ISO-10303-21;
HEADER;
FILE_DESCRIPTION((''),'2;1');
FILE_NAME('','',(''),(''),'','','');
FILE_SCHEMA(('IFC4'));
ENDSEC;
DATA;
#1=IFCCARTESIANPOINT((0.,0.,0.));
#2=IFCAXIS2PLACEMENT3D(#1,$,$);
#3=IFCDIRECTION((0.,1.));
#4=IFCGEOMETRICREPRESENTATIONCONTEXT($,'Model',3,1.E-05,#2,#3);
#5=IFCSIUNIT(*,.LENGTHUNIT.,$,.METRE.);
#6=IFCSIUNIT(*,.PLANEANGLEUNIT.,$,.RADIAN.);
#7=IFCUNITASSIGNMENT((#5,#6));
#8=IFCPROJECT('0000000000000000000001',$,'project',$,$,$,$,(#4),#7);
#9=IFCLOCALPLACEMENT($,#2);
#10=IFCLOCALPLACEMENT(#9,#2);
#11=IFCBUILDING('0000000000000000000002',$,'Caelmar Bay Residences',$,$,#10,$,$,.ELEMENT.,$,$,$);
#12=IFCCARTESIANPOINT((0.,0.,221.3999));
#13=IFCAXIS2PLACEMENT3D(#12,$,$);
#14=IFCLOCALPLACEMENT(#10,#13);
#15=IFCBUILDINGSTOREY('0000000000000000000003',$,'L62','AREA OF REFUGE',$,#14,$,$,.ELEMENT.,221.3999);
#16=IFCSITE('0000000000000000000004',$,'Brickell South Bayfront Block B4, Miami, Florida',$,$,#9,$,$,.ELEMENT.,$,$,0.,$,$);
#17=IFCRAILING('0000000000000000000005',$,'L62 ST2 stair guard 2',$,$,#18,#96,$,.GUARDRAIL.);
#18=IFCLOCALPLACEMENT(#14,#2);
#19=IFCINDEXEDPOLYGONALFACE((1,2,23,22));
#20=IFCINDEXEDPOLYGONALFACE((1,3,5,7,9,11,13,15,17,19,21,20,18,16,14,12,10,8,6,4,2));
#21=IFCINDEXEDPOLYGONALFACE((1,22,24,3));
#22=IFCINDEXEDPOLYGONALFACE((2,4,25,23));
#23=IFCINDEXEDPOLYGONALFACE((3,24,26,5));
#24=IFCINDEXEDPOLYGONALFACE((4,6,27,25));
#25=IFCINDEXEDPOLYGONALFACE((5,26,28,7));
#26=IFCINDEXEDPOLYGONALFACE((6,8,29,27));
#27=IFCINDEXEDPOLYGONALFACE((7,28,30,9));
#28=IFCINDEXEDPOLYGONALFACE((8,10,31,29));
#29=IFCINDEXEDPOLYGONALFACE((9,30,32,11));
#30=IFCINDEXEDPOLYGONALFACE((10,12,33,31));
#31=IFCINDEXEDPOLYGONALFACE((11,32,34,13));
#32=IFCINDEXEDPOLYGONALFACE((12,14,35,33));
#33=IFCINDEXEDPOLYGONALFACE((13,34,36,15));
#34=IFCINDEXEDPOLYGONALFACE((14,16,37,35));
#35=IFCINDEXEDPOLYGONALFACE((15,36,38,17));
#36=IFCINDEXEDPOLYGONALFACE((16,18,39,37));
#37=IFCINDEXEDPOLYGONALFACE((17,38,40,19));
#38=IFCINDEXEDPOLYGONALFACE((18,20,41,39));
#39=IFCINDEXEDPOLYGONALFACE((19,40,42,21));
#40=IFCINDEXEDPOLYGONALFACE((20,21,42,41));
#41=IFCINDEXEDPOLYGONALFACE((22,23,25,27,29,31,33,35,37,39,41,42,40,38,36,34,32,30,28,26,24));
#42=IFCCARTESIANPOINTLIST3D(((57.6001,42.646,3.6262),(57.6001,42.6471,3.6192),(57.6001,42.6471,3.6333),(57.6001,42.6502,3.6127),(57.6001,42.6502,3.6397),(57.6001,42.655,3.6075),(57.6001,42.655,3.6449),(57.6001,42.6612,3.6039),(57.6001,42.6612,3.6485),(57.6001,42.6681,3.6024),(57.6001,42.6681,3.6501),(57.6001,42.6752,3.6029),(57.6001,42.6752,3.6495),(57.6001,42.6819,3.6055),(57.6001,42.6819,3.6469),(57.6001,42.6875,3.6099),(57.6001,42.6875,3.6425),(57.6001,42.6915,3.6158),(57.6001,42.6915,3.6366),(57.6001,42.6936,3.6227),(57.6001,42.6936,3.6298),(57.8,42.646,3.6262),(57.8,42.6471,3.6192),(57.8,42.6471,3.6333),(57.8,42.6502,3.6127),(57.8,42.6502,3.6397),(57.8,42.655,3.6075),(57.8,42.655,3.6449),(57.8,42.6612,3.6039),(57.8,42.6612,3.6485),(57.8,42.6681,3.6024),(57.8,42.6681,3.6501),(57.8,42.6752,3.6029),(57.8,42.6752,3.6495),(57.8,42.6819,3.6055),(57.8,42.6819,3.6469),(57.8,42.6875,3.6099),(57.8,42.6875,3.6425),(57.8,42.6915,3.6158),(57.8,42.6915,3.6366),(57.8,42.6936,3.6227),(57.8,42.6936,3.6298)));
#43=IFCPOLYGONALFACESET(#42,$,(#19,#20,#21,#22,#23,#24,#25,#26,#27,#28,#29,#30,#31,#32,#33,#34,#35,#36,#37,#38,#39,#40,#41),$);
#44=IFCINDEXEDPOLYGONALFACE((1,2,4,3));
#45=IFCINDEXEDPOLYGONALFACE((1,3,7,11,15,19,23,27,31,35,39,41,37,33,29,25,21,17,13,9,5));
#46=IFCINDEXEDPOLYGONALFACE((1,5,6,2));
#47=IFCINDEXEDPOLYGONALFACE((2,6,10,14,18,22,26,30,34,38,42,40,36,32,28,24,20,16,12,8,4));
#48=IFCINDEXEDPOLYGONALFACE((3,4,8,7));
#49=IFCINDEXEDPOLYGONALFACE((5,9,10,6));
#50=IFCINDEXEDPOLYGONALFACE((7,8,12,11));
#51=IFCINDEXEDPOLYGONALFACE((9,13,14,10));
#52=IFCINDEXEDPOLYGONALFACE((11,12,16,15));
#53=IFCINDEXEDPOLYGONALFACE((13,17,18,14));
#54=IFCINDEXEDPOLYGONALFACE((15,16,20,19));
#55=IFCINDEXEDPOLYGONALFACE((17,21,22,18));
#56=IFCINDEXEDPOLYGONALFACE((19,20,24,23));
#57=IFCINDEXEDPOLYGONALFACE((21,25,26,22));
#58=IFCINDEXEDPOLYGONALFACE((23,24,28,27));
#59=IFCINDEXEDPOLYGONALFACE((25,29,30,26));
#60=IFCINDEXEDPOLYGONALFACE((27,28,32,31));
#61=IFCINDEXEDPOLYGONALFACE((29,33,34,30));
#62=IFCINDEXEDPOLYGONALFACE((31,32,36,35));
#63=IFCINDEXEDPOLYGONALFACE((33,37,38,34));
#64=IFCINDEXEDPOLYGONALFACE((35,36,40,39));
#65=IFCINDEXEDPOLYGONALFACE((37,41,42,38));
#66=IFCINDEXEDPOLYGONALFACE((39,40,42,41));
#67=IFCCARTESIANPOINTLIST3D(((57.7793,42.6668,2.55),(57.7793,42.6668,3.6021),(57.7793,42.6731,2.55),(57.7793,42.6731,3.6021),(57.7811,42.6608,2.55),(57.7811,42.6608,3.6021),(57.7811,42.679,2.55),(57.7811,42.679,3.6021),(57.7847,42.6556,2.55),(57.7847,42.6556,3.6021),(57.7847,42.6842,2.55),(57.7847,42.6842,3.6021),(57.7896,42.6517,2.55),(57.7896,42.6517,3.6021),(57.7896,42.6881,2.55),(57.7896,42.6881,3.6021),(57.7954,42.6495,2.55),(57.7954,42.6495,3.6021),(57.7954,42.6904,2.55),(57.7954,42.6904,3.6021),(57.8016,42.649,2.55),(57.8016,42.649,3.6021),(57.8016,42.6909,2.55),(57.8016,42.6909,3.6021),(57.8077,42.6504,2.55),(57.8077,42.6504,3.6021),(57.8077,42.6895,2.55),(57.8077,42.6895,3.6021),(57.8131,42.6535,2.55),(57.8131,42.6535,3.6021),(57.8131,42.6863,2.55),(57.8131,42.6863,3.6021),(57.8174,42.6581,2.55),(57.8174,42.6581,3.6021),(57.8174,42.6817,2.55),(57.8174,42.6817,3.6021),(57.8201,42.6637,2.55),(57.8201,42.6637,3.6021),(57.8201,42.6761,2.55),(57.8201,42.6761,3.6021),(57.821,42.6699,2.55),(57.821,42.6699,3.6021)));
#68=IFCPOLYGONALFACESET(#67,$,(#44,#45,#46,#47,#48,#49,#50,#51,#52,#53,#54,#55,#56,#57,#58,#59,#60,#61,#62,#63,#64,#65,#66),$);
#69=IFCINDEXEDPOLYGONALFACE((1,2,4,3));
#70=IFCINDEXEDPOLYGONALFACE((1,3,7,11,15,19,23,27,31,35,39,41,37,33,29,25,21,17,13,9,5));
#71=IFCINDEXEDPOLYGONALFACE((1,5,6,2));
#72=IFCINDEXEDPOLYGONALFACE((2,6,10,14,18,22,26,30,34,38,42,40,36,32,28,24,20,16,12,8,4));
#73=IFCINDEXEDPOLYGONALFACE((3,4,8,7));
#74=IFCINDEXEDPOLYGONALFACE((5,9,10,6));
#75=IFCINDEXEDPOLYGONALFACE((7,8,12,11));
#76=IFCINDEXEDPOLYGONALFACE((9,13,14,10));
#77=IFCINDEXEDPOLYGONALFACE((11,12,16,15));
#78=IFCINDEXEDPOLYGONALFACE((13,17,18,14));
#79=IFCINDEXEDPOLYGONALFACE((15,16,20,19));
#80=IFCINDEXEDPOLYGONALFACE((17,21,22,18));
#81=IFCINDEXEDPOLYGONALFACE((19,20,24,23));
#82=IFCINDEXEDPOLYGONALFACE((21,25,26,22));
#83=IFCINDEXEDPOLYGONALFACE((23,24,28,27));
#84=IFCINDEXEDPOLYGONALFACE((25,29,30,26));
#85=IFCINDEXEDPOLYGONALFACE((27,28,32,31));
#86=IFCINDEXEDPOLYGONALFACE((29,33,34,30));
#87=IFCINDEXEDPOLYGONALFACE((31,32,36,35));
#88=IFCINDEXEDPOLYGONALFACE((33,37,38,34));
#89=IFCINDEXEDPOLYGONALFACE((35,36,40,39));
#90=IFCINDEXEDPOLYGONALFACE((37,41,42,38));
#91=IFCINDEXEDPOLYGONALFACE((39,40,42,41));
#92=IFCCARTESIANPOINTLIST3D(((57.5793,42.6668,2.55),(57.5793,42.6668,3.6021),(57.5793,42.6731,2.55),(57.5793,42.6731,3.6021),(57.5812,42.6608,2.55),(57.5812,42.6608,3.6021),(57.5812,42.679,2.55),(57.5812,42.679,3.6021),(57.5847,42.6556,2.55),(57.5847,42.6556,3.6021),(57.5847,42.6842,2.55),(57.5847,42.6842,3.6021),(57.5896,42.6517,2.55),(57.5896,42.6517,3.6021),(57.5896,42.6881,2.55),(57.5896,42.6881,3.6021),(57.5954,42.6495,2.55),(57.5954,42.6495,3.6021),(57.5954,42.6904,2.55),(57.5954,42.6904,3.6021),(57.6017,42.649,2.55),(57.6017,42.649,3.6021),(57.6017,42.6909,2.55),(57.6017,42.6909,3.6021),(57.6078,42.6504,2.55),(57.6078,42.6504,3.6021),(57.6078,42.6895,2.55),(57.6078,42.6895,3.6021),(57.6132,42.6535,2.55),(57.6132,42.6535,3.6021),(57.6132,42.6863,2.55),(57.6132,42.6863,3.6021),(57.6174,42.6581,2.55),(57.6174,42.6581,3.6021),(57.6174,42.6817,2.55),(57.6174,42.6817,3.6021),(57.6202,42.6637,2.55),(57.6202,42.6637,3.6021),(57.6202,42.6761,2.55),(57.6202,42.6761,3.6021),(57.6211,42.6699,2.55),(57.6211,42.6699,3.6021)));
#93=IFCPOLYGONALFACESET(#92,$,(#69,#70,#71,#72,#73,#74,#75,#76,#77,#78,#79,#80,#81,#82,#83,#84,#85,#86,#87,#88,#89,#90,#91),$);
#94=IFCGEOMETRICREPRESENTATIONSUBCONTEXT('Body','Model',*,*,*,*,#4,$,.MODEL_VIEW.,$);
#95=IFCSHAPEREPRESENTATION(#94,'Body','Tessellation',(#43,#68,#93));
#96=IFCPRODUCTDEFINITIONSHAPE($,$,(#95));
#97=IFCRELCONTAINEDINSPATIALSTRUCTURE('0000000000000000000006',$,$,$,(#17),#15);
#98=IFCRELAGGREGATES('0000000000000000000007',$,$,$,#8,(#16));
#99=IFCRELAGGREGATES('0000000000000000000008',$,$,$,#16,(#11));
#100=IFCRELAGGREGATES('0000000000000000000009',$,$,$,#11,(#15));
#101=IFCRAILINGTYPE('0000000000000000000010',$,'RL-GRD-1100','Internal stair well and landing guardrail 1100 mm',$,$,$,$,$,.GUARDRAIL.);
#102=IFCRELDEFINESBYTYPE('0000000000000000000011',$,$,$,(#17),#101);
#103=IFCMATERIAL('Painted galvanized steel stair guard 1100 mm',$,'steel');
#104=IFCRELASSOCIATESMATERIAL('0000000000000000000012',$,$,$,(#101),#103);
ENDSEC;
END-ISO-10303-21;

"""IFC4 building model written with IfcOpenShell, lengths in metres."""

from ifc_helpers import new_model, si_unit, direction, frame, origin, origin_2d, place, context, subcontext, project, spatial, circle, extrude, material, type_object, element, save


model = new_model("IFC4")

# Units and contexts
model_context = context("Model", 3, precision=1e-05, world=origin(), true_north=direction((0.0, 1.0)))
body_context = subcontext(model_context, "Body", "Model", "MODEL_VIEW")
ifc_project = project(units=[si_unit("LENGTHUNIT", "METRE"), si_unit("PLANEANGLEUNIT", "RADIAN")], contexts=[model_context])

# Site, building, storey
site_placement = place(None, origin())
site = spatial("IfcSite", under=ifc_project, at=site_placement, Name="Brickell South Bayfront Block B4, Miami, Florida", CompositionType="ELEMENT", RefElevation=0.0)
building_placement = place(site_placement, origin())
building = spatial("IfcBuilding", under=site, at=building_placement, Name="Caelmar Bay Residences", CompositionType="ELEMENT")
storey_placement = place(building_placement, frame((0.0, 0.0, 221.3999)))
storey = spatial("IfcBuildingStorey", under=building, at=storey_placement, Name="L62", Description="AREA OF REFUGE", CompositionType="ELEMENT", Elevation=221.3999)

# Railing
ifc_material_1 = material(Name="Painted galvanized steel stair guard 1100 mm", Category="steel")
railing_type_1 = type_object("IfcRailingType", Name="RL-GRD-1100", Description="Internal stair well and landing guardrail 1100 mm", PredefinedType="GUARDRAIL", material=ifc_material_1)
railing_1_placement = place(storey_placement, frame((57.8, 42.6699, 2.55)))
element("IfcRailing", 1, at=railing_1_placement, inside=storey, type_object=railing_type_1, Name="L62 ST2 stair guard 2", PredefinedType="GUARDRAIL", context=body_context, shape_type="SweptSolid", body=[
    extrude(circle(Radius=0.0239, at=origin_2d()), frame((0.0, 0.0, 1.0762), z_axis=(-1.0, 0.0, 0.0), x_axis=(0.0, -1.0, 0.0)), (0.0, 0.0, 1.0), 0.2),
    extrude(circle(Radius=0.021, at=origin_2d()), origin(), (0.0, 0.0, 1.0), 1.052),
    extrude(circle(Radius=0.021, at=origin_2d()), frame((-0.2, 0.0, 0.0)), (0.0, 0.0, 1.0), 1.052),
])

save(model, "model.ifc")
